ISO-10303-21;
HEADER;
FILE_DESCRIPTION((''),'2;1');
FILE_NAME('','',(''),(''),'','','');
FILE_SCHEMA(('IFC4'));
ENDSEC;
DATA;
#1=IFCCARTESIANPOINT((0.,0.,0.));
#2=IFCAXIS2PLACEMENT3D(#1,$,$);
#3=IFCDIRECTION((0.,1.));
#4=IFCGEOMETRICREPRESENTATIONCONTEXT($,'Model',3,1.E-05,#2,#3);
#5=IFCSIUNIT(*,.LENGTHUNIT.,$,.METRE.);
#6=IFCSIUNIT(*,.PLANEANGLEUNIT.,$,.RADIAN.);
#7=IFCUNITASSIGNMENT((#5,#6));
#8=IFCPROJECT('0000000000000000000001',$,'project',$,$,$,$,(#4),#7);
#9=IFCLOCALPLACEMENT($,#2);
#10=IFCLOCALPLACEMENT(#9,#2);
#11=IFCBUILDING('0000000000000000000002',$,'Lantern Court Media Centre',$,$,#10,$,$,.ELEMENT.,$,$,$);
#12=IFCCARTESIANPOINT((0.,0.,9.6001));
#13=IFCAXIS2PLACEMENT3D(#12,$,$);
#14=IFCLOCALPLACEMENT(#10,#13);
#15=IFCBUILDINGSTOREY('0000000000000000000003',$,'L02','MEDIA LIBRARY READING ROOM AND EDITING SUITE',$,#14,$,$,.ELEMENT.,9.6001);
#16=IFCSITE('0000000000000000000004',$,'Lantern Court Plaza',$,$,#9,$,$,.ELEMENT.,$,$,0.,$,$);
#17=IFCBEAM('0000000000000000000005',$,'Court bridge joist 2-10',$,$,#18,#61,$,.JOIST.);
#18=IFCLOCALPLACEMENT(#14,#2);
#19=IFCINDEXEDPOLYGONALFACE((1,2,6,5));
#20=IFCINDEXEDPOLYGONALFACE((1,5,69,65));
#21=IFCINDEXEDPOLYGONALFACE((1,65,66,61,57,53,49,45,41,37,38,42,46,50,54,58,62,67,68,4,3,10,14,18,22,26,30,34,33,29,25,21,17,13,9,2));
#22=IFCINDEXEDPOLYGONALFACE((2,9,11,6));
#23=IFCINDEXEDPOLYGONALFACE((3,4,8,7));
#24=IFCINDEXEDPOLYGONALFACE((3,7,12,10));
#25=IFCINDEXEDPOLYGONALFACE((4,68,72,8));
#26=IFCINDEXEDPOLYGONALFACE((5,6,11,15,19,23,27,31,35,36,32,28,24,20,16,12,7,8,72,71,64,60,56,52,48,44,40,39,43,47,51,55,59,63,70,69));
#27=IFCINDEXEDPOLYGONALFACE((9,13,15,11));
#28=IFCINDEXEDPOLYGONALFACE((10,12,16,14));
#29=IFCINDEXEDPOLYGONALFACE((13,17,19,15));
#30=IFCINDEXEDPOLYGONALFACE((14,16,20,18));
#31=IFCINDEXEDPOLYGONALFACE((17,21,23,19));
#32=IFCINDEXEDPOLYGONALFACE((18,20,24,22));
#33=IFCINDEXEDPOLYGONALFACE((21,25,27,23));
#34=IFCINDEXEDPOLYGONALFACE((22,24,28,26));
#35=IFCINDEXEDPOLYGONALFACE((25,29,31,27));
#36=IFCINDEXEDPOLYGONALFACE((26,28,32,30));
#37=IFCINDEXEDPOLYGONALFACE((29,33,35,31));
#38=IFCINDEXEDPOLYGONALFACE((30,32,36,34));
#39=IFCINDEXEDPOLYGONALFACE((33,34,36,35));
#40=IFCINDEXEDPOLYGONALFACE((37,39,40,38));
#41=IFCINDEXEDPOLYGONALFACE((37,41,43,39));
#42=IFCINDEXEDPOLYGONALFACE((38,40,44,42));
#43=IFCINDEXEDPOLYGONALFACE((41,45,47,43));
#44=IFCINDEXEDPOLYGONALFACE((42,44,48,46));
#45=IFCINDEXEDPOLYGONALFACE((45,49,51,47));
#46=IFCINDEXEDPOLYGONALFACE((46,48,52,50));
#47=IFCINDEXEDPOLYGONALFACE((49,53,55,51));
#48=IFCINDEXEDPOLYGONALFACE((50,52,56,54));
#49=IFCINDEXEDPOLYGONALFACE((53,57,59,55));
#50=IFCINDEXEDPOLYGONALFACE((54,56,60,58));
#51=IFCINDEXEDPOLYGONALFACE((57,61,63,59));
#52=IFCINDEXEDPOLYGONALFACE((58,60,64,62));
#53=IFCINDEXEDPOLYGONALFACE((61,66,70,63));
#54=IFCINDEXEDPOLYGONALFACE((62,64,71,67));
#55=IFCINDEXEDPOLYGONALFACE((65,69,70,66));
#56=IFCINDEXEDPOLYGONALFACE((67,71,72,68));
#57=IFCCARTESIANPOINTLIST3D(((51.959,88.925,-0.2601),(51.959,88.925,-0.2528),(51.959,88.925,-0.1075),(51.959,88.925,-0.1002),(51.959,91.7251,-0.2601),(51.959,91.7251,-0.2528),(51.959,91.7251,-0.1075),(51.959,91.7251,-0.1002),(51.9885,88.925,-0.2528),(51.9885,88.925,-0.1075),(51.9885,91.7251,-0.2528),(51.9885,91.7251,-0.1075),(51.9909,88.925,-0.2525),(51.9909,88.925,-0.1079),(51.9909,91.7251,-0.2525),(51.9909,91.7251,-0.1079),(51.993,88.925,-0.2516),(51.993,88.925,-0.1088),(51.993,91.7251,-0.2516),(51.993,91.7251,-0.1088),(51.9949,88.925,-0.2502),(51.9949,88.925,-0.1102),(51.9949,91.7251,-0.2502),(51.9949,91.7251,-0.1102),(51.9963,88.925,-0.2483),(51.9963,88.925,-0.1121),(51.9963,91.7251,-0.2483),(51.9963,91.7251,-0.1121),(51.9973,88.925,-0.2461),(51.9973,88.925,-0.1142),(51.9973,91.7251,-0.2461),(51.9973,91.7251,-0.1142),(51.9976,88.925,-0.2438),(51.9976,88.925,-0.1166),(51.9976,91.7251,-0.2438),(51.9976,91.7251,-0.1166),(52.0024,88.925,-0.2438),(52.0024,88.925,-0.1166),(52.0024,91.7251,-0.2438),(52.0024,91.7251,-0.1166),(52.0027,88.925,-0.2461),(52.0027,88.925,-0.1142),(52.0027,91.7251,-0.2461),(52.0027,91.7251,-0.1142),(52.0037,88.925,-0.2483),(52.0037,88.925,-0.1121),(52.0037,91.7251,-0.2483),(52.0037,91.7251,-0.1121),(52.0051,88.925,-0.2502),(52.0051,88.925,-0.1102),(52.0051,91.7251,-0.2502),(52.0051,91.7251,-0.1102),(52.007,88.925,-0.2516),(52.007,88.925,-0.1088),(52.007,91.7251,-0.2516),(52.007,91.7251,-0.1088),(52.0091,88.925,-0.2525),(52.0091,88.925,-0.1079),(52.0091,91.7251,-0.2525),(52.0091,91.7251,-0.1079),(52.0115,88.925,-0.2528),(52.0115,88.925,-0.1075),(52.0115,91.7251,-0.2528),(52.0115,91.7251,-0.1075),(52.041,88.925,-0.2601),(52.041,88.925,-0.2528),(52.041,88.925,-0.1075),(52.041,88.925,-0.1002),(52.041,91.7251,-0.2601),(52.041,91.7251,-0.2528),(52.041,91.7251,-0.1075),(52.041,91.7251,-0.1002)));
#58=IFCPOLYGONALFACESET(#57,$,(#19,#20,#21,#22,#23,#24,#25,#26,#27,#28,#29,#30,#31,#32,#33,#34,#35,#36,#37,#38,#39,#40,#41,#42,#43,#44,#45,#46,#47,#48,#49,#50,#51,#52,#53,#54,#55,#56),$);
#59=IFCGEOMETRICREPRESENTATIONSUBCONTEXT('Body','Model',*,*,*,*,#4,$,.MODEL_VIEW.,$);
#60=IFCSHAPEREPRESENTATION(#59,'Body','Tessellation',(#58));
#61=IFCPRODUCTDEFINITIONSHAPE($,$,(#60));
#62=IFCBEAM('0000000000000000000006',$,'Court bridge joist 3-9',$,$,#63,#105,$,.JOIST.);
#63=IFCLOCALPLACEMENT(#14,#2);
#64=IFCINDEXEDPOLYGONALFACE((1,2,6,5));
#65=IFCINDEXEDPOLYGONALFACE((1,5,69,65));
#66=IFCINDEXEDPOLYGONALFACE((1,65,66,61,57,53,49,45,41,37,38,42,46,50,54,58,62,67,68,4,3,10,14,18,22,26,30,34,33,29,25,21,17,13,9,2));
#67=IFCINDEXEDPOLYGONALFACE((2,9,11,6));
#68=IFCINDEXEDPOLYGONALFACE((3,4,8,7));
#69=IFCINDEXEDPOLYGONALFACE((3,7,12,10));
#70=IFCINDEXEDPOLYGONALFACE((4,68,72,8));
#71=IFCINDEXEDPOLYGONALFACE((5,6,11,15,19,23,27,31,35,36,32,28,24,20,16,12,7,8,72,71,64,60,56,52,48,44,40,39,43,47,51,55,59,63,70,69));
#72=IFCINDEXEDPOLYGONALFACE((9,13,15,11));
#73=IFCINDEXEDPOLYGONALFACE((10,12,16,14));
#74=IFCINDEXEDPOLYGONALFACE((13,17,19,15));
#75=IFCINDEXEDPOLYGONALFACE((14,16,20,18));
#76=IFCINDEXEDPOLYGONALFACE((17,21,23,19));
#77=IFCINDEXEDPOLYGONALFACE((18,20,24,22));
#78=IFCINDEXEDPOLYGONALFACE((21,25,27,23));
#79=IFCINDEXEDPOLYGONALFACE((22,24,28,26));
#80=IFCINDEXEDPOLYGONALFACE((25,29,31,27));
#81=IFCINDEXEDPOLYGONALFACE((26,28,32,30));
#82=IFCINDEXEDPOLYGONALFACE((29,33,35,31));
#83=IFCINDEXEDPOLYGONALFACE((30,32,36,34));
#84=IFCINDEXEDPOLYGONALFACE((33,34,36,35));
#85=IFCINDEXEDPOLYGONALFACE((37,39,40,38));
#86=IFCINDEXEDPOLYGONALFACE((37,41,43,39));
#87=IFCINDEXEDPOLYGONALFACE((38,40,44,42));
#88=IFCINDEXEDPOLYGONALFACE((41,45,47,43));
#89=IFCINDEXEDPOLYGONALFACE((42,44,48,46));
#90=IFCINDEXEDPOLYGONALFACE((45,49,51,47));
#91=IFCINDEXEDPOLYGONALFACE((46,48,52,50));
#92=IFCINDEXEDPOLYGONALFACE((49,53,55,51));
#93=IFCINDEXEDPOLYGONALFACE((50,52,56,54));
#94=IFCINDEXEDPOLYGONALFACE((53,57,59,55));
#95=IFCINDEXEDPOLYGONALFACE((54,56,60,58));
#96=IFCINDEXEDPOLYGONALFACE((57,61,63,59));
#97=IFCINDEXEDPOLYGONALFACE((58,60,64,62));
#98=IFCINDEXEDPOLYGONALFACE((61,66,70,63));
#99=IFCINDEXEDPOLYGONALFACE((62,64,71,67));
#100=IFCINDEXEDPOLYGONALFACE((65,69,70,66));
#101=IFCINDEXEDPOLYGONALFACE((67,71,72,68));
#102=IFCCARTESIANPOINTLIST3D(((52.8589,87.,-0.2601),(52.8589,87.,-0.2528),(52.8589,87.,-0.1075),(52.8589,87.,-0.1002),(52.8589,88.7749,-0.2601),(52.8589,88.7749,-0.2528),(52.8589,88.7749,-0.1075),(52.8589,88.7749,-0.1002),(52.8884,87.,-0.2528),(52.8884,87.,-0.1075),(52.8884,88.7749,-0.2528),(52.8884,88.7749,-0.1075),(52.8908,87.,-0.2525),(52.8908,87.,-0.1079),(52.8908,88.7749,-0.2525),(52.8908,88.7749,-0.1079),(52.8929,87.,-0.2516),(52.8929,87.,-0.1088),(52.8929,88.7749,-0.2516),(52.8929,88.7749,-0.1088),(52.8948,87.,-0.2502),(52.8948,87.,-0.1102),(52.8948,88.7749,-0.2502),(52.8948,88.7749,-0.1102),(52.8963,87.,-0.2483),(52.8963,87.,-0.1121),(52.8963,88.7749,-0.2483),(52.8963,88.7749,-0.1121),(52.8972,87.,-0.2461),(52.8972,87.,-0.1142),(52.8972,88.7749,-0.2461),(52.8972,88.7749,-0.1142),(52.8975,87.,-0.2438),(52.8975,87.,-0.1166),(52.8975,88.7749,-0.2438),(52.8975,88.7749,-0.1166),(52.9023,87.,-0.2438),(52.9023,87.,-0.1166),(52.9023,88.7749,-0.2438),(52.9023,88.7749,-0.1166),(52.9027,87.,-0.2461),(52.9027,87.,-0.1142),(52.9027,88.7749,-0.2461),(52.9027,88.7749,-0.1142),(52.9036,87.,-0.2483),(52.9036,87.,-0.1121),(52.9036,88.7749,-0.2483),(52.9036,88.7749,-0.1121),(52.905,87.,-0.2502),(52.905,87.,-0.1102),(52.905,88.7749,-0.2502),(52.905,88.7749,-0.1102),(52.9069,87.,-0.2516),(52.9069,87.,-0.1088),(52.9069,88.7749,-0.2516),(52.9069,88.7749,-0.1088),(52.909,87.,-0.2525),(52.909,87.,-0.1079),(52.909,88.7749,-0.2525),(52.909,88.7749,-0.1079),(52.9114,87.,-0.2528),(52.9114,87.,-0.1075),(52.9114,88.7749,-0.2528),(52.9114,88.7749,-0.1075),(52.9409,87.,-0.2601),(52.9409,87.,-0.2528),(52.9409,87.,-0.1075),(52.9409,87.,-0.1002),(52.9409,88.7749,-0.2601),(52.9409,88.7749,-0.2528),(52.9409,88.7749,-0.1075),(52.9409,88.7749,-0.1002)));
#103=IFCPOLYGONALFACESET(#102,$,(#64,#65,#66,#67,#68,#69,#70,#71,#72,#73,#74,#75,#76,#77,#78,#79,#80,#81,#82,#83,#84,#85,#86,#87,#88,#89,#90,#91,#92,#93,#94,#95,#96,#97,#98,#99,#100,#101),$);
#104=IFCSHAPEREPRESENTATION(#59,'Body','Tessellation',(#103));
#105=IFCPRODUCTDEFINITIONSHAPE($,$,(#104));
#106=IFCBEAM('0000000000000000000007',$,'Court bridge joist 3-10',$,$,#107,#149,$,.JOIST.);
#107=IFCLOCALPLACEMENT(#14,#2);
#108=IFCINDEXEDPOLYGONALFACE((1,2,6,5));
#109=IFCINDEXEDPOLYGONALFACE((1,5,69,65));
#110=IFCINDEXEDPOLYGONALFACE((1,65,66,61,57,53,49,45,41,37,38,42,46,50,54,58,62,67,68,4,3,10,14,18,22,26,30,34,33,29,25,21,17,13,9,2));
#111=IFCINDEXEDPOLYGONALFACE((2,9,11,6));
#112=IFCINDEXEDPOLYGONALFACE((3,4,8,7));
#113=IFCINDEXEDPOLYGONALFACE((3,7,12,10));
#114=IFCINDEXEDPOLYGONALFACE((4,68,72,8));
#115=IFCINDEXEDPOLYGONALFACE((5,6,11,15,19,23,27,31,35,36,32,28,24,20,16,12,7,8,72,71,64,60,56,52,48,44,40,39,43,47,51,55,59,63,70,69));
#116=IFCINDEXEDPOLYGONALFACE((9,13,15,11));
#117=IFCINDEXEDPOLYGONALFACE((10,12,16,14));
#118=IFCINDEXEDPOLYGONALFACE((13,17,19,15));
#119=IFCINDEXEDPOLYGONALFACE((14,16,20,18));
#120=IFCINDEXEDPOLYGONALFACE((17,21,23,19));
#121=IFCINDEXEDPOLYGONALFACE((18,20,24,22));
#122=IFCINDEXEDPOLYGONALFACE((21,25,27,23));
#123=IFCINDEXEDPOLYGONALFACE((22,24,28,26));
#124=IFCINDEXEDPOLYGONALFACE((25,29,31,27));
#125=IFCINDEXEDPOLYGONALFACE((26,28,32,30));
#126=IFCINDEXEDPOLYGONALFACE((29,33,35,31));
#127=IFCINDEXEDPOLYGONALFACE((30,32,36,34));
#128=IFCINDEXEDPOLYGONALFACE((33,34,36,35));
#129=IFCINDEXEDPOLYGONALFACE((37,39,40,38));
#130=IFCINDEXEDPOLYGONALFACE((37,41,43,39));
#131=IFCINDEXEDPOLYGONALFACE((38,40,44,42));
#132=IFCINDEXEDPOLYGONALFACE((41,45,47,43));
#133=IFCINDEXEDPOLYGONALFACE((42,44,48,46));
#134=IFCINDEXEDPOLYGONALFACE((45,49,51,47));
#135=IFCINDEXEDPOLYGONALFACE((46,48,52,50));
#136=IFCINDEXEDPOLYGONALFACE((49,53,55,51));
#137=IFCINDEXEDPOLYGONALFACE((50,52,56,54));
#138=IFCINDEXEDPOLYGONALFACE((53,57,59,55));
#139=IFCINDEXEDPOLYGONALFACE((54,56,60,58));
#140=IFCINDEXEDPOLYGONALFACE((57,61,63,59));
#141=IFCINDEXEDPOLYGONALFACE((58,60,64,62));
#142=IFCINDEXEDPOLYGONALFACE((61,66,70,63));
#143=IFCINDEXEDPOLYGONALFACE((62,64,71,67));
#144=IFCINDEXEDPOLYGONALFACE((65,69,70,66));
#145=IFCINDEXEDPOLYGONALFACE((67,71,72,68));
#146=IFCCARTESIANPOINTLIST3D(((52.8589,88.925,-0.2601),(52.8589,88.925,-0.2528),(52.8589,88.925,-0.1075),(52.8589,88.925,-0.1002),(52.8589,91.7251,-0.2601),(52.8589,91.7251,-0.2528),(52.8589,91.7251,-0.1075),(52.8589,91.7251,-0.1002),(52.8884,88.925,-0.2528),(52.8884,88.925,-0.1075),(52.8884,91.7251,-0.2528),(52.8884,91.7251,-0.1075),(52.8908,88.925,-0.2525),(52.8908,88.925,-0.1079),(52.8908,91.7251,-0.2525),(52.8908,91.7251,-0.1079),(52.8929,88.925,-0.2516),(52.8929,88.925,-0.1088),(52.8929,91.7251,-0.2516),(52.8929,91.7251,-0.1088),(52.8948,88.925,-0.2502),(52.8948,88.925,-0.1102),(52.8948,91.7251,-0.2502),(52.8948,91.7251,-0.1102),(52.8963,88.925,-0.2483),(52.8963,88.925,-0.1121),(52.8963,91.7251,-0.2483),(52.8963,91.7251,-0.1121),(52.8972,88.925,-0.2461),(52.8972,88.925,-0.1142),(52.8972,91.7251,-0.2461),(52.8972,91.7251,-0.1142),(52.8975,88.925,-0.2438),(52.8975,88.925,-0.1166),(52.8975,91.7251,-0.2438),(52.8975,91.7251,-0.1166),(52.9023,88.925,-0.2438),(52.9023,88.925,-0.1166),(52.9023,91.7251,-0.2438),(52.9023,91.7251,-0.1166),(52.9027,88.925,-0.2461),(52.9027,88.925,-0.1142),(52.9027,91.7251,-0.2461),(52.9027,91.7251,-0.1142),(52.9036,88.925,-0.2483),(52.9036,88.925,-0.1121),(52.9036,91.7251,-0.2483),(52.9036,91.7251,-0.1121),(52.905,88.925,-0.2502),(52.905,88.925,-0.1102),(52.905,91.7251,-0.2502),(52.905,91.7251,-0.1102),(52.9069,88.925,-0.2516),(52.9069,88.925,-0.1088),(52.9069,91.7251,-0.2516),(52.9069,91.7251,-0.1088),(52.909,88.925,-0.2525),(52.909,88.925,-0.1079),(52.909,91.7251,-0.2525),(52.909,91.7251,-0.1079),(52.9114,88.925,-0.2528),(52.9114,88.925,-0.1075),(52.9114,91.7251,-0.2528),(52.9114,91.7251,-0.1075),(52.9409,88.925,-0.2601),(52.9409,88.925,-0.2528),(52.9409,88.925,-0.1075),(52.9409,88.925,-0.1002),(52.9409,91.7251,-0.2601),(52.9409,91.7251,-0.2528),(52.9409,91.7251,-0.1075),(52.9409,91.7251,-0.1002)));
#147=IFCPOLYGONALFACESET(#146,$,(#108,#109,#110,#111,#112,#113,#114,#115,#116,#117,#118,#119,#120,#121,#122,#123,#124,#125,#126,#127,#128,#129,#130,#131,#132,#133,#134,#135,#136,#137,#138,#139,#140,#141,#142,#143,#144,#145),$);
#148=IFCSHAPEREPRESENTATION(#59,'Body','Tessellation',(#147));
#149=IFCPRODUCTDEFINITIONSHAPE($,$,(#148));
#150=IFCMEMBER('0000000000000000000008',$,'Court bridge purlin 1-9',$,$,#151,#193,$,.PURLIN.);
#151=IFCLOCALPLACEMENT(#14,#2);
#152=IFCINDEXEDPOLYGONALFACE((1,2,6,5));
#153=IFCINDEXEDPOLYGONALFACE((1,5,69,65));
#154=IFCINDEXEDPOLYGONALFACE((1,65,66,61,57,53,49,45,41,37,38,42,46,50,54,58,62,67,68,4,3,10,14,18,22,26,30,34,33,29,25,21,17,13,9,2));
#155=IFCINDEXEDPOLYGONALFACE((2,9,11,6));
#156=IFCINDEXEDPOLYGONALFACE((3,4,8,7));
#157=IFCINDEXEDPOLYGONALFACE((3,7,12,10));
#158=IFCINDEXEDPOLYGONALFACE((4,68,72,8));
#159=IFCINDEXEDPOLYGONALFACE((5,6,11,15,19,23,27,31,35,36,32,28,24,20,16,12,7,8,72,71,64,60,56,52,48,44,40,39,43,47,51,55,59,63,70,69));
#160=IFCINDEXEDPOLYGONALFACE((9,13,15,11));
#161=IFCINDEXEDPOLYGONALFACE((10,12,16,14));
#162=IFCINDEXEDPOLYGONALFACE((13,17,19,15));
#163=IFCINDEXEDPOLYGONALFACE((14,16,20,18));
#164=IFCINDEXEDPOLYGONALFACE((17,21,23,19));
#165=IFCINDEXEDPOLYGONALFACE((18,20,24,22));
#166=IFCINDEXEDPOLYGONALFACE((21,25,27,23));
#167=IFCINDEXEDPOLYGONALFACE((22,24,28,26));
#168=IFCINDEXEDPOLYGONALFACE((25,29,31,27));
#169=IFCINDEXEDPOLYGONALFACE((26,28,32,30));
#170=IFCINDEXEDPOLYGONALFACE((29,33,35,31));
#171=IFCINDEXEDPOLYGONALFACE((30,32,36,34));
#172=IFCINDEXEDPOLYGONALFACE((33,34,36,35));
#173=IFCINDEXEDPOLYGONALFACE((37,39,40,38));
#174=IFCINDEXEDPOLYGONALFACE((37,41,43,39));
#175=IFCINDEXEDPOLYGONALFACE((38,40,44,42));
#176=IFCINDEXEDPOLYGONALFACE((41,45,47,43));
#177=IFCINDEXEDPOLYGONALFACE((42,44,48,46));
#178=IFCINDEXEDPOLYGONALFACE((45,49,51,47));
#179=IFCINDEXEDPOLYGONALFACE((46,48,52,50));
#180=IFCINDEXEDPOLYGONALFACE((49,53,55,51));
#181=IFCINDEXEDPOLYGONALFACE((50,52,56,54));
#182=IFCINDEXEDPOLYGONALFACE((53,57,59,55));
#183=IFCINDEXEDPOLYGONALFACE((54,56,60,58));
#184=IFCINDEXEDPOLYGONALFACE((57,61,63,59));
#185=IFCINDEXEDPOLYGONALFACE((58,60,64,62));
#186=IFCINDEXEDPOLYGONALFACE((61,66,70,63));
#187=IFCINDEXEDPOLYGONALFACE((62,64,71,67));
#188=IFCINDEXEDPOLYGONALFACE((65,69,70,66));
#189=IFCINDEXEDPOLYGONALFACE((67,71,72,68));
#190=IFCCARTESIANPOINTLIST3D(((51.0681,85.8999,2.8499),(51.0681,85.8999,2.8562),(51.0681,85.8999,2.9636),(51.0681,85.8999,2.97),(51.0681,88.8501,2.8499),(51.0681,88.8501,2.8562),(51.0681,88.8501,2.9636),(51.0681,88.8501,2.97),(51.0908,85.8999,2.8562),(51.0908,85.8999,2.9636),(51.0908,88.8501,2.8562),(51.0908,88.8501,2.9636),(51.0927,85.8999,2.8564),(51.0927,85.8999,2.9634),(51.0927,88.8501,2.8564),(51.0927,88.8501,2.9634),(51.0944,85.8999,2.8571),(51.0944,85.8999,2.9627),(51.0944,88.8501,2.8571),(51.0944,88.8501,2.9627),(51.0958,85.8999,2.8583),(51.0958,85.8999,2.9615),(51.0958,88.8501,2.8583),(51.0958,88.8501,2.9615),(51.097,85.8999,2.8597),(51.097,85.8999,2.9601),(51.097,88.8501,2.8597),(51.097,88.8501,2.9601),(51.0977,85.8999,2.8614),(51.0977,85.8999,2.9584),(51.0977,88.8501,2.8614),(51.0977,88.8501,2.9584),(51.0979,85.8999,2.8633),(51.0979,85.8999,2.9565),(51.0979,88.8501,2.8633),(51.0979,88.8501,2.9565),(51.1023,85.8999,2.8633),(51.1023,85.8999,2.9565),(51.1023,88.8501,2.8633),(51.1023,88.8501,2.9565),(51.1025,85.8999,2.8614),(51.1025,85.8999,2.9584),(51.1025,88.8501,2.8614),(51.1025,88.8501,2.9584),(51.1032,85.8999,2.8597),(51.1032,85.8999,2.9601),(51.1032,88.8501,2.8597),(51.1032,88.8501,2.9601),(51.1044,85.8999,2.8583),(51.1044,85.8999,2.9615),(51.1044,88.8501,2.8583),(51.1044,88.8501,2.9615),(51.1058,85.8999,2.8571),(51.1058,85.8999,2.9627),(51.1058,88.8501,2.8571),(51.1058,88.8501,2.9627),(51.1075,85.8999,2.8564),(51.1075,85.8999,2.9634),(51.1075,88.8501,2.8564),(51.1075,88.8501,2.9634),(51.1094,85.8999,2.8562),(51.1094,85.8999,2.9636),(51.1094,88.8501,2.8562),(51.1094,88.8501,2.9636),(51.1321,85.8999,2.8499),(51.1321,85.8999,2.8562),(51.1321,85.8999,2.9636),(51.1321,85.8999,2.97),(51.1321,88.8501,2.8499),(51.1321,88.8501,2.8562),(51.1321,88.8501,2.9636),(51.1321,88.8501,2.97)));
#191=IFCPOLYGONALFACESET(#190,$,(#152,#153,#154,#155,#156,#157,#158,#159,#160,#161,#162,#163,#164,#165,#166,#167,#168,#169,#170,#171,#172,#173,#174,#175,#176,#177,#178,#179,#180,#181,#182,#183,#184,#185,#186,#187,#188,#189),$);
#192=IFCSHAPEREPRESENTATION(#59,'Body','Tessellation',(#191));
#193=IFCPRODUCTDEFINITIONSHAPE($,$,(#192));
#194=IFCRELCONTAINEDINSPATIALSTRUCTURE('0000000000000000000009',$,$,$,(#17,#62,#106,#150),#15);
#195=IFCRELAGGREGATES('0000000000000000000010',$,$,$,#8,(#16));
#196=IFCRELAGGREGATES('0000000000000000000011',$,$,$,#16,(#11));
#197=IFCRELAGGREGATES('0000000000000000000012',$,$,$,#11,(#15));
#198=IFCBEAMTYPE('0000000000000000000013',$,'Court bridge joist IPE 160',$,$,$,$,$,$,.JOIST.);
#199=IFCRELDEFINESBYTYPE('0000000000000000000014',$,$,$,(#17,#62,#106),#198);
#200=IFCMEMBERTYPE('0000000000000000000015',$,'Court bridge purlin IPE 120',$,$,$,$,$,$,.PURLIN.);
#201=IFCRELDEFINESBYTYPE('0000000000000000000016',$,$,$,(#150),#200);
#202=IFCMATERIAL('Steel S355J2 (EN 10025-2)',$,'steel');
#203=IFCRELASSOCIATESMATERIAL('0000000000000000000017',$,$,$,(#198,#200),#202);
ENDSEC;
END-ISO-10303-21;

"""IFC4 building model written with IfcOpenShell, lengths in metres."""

from ifc_helpers import new_model, si_unit, direction, frame, origin, origin_2d, place, context, subcontext, project, spatial, i_section, extrude, material, material_profile, profile_set, type_object, element, save


model = new_model("IFC4")

# Units and contexts
model_context = context("Model", 3, precision=1e-05, world=origin(), true_north=direction((0.0, 1.0)))
body_context = subcontext(model_context, "Body", "Model", "MODEL_VIEW")
ifc_project = project(units=[si_unit("LENGTHUNIT", "METRE"), si_unit("PLANEANGLEUNIT", "RADIAN")], contexts=[model_context])

# Site, building, storey
site_placement = place(None, origin())
site = spatial("IfcSite", under=ifc_project, at=site_placement, Name="Lantern Court Plaza", CompositionType="ELEMENT", RefElevation=0.0)
building_placement = place(site_placement, origin())
building = spatial("IfcBuilding", under=site, at=building_placement, Name="Lantern Court Media Centre", CompositionType="ELEMENT")
storey_placement = place(building_placement, frame((0.0, 0.0, 9.6001)))
storey = spatial("IfcBuildingStorey", under=building, at=storey_placement, Name="L02", Description="MEDIA LIBRARY READING ROOM AND EDITING SUITE", CompositionType="ELEMENT", Elevation=9.6001)

# Shared definitions
ifc_material_1 = material(Name="Steel S355J2 (EN 10025-2)", Category="steel")

# Beams
ifc_material_profile_1 = material_profile(ifc_material_1, i_section(OverallWidth=0.082, OverallDepth=0.1599, WebThickness=0.0049, FlangeThickness=0.0073, FilletRadius=0.009, at=origin_2d()), Name="IPE 160")
ifc_profile_set_1 = profile_set([ifc_material_profile_1], Name="Steel S355J2 (EN 10025-2)")
beam_type_1 = type_object("IfcBeamType", Name="Court bridge joist IPE 160", PredefinedType="JOIST", material=ifc_profile_set_1)
beam_1_placement = place(storey_placement, frame((52.0, 88.925, -0.1802), z_axis=(0.0, 1.0, 0.0), x_axis=(-1.0, 0.0, 0.0)))
element("IfcBeam", 1, at=beam_1_placement, inside=storey, type_object=beam_type_1, Name="Court bridge joist 2-10", PredefinedType="JOIST", context=body_context, shape_type="SweptSolid", body=[
    extrude(i_section(OverallWidth=0.082, OverallDepth=0.1599, WebThickness=0.0049, FlangeThickness=0.0073, FilletRadius=0.009, at=origin_2d()), origin(), (0.0, 0.0, 1.0), 2.8),
])
beam_2_placement = place(storey_placement, frame((52.8999, 87.0, -0.1802), z_axis=(0.0, 1.0, 0.0), x_axis=(-1.0, 0.0, 0.0)))
element("IfcBeam", 2, at=beam_2_placement, inside=storey, type_object=beam_type_1, Name="Court bridge joist 3-9", PredefinedType="JOIST", context=body_context, shape_type="SweptSolid", body=[
    extrude(i_section(OverallWidth=0.082, OverallDepth=0.1599, WebThickness=0.0049, FlangeThickness=0.0073, FilletRadius=0.009, at=origin_2d()), origin(), (0.0, 0.0, 1.0), 1.7749),
])
beam_3_placement = place(storey_placement, frame((52.8999, 88.925, -0.1802), z_axis=(0.0, 1.0, 0.0), x_axis=(-1.0, 0.0, 0.0)))
element("IfcBeam", 3, at=beam_3_placement, inside=storey, type_object=beam_type_1, Name="Court bridge joist 3-10", PredefinedType="JOIST", context=body_context, shape_type="SweptSolid", body=[
    extrude(i_section(OverallWidth=0.082, OverallDepth=0.1599, WebThickness=0.0049, FlangeThickness=0.0073, FilletRadius=0.009, at=origin_2d()), origin(), (0.0, 0.0, 1.0), 2.8),
])

# Member
ifc_material_profile_2 = material_profile(ifc_material_1, i_section(OverallWidth=0.064, OverallDepth=0.1201, WebThickness=0.0044, FlangeThickness=0.0063, FilletRadius=0.0071, at=origin_2d()), Name="IPE 120")
ifc_profile_set_2 = profile_set([ifc_material_profile_2], Name="Steel S355J2 (EN 10025-2)")
member_type_1 = type_object("IfcMemberType", Name="Court bridge purlin IPE 120", PredefinedType="PURLIN", material=ifc_profile_set_2)
member_1_placement = place(storey_placement, frame((51.1001, 85.8999, 2.9099), z_axis=(0.0, 1.0, 0.0), x_axis=(-1.0, 0.0, 0.0)))
element("IfcMember", 4, at=member_1_placement, inside=storey, type_object=member_type_1, Name="Court bridge purlin 1-9", PredefinedType="PURLIN", context=body_context, shape_type="SweptSolid", body=[
    extrude(i_section(OverallWidth=0.064, OverallDepth=0.1201, WebThickness=0.0044, FlangeThickness=0.0063, FilletRadius=0.0071, at=origin_2d()), origin(), (0.0, 0.0, 1.0), 2.9502),
])

save(model, "model.ifc")
